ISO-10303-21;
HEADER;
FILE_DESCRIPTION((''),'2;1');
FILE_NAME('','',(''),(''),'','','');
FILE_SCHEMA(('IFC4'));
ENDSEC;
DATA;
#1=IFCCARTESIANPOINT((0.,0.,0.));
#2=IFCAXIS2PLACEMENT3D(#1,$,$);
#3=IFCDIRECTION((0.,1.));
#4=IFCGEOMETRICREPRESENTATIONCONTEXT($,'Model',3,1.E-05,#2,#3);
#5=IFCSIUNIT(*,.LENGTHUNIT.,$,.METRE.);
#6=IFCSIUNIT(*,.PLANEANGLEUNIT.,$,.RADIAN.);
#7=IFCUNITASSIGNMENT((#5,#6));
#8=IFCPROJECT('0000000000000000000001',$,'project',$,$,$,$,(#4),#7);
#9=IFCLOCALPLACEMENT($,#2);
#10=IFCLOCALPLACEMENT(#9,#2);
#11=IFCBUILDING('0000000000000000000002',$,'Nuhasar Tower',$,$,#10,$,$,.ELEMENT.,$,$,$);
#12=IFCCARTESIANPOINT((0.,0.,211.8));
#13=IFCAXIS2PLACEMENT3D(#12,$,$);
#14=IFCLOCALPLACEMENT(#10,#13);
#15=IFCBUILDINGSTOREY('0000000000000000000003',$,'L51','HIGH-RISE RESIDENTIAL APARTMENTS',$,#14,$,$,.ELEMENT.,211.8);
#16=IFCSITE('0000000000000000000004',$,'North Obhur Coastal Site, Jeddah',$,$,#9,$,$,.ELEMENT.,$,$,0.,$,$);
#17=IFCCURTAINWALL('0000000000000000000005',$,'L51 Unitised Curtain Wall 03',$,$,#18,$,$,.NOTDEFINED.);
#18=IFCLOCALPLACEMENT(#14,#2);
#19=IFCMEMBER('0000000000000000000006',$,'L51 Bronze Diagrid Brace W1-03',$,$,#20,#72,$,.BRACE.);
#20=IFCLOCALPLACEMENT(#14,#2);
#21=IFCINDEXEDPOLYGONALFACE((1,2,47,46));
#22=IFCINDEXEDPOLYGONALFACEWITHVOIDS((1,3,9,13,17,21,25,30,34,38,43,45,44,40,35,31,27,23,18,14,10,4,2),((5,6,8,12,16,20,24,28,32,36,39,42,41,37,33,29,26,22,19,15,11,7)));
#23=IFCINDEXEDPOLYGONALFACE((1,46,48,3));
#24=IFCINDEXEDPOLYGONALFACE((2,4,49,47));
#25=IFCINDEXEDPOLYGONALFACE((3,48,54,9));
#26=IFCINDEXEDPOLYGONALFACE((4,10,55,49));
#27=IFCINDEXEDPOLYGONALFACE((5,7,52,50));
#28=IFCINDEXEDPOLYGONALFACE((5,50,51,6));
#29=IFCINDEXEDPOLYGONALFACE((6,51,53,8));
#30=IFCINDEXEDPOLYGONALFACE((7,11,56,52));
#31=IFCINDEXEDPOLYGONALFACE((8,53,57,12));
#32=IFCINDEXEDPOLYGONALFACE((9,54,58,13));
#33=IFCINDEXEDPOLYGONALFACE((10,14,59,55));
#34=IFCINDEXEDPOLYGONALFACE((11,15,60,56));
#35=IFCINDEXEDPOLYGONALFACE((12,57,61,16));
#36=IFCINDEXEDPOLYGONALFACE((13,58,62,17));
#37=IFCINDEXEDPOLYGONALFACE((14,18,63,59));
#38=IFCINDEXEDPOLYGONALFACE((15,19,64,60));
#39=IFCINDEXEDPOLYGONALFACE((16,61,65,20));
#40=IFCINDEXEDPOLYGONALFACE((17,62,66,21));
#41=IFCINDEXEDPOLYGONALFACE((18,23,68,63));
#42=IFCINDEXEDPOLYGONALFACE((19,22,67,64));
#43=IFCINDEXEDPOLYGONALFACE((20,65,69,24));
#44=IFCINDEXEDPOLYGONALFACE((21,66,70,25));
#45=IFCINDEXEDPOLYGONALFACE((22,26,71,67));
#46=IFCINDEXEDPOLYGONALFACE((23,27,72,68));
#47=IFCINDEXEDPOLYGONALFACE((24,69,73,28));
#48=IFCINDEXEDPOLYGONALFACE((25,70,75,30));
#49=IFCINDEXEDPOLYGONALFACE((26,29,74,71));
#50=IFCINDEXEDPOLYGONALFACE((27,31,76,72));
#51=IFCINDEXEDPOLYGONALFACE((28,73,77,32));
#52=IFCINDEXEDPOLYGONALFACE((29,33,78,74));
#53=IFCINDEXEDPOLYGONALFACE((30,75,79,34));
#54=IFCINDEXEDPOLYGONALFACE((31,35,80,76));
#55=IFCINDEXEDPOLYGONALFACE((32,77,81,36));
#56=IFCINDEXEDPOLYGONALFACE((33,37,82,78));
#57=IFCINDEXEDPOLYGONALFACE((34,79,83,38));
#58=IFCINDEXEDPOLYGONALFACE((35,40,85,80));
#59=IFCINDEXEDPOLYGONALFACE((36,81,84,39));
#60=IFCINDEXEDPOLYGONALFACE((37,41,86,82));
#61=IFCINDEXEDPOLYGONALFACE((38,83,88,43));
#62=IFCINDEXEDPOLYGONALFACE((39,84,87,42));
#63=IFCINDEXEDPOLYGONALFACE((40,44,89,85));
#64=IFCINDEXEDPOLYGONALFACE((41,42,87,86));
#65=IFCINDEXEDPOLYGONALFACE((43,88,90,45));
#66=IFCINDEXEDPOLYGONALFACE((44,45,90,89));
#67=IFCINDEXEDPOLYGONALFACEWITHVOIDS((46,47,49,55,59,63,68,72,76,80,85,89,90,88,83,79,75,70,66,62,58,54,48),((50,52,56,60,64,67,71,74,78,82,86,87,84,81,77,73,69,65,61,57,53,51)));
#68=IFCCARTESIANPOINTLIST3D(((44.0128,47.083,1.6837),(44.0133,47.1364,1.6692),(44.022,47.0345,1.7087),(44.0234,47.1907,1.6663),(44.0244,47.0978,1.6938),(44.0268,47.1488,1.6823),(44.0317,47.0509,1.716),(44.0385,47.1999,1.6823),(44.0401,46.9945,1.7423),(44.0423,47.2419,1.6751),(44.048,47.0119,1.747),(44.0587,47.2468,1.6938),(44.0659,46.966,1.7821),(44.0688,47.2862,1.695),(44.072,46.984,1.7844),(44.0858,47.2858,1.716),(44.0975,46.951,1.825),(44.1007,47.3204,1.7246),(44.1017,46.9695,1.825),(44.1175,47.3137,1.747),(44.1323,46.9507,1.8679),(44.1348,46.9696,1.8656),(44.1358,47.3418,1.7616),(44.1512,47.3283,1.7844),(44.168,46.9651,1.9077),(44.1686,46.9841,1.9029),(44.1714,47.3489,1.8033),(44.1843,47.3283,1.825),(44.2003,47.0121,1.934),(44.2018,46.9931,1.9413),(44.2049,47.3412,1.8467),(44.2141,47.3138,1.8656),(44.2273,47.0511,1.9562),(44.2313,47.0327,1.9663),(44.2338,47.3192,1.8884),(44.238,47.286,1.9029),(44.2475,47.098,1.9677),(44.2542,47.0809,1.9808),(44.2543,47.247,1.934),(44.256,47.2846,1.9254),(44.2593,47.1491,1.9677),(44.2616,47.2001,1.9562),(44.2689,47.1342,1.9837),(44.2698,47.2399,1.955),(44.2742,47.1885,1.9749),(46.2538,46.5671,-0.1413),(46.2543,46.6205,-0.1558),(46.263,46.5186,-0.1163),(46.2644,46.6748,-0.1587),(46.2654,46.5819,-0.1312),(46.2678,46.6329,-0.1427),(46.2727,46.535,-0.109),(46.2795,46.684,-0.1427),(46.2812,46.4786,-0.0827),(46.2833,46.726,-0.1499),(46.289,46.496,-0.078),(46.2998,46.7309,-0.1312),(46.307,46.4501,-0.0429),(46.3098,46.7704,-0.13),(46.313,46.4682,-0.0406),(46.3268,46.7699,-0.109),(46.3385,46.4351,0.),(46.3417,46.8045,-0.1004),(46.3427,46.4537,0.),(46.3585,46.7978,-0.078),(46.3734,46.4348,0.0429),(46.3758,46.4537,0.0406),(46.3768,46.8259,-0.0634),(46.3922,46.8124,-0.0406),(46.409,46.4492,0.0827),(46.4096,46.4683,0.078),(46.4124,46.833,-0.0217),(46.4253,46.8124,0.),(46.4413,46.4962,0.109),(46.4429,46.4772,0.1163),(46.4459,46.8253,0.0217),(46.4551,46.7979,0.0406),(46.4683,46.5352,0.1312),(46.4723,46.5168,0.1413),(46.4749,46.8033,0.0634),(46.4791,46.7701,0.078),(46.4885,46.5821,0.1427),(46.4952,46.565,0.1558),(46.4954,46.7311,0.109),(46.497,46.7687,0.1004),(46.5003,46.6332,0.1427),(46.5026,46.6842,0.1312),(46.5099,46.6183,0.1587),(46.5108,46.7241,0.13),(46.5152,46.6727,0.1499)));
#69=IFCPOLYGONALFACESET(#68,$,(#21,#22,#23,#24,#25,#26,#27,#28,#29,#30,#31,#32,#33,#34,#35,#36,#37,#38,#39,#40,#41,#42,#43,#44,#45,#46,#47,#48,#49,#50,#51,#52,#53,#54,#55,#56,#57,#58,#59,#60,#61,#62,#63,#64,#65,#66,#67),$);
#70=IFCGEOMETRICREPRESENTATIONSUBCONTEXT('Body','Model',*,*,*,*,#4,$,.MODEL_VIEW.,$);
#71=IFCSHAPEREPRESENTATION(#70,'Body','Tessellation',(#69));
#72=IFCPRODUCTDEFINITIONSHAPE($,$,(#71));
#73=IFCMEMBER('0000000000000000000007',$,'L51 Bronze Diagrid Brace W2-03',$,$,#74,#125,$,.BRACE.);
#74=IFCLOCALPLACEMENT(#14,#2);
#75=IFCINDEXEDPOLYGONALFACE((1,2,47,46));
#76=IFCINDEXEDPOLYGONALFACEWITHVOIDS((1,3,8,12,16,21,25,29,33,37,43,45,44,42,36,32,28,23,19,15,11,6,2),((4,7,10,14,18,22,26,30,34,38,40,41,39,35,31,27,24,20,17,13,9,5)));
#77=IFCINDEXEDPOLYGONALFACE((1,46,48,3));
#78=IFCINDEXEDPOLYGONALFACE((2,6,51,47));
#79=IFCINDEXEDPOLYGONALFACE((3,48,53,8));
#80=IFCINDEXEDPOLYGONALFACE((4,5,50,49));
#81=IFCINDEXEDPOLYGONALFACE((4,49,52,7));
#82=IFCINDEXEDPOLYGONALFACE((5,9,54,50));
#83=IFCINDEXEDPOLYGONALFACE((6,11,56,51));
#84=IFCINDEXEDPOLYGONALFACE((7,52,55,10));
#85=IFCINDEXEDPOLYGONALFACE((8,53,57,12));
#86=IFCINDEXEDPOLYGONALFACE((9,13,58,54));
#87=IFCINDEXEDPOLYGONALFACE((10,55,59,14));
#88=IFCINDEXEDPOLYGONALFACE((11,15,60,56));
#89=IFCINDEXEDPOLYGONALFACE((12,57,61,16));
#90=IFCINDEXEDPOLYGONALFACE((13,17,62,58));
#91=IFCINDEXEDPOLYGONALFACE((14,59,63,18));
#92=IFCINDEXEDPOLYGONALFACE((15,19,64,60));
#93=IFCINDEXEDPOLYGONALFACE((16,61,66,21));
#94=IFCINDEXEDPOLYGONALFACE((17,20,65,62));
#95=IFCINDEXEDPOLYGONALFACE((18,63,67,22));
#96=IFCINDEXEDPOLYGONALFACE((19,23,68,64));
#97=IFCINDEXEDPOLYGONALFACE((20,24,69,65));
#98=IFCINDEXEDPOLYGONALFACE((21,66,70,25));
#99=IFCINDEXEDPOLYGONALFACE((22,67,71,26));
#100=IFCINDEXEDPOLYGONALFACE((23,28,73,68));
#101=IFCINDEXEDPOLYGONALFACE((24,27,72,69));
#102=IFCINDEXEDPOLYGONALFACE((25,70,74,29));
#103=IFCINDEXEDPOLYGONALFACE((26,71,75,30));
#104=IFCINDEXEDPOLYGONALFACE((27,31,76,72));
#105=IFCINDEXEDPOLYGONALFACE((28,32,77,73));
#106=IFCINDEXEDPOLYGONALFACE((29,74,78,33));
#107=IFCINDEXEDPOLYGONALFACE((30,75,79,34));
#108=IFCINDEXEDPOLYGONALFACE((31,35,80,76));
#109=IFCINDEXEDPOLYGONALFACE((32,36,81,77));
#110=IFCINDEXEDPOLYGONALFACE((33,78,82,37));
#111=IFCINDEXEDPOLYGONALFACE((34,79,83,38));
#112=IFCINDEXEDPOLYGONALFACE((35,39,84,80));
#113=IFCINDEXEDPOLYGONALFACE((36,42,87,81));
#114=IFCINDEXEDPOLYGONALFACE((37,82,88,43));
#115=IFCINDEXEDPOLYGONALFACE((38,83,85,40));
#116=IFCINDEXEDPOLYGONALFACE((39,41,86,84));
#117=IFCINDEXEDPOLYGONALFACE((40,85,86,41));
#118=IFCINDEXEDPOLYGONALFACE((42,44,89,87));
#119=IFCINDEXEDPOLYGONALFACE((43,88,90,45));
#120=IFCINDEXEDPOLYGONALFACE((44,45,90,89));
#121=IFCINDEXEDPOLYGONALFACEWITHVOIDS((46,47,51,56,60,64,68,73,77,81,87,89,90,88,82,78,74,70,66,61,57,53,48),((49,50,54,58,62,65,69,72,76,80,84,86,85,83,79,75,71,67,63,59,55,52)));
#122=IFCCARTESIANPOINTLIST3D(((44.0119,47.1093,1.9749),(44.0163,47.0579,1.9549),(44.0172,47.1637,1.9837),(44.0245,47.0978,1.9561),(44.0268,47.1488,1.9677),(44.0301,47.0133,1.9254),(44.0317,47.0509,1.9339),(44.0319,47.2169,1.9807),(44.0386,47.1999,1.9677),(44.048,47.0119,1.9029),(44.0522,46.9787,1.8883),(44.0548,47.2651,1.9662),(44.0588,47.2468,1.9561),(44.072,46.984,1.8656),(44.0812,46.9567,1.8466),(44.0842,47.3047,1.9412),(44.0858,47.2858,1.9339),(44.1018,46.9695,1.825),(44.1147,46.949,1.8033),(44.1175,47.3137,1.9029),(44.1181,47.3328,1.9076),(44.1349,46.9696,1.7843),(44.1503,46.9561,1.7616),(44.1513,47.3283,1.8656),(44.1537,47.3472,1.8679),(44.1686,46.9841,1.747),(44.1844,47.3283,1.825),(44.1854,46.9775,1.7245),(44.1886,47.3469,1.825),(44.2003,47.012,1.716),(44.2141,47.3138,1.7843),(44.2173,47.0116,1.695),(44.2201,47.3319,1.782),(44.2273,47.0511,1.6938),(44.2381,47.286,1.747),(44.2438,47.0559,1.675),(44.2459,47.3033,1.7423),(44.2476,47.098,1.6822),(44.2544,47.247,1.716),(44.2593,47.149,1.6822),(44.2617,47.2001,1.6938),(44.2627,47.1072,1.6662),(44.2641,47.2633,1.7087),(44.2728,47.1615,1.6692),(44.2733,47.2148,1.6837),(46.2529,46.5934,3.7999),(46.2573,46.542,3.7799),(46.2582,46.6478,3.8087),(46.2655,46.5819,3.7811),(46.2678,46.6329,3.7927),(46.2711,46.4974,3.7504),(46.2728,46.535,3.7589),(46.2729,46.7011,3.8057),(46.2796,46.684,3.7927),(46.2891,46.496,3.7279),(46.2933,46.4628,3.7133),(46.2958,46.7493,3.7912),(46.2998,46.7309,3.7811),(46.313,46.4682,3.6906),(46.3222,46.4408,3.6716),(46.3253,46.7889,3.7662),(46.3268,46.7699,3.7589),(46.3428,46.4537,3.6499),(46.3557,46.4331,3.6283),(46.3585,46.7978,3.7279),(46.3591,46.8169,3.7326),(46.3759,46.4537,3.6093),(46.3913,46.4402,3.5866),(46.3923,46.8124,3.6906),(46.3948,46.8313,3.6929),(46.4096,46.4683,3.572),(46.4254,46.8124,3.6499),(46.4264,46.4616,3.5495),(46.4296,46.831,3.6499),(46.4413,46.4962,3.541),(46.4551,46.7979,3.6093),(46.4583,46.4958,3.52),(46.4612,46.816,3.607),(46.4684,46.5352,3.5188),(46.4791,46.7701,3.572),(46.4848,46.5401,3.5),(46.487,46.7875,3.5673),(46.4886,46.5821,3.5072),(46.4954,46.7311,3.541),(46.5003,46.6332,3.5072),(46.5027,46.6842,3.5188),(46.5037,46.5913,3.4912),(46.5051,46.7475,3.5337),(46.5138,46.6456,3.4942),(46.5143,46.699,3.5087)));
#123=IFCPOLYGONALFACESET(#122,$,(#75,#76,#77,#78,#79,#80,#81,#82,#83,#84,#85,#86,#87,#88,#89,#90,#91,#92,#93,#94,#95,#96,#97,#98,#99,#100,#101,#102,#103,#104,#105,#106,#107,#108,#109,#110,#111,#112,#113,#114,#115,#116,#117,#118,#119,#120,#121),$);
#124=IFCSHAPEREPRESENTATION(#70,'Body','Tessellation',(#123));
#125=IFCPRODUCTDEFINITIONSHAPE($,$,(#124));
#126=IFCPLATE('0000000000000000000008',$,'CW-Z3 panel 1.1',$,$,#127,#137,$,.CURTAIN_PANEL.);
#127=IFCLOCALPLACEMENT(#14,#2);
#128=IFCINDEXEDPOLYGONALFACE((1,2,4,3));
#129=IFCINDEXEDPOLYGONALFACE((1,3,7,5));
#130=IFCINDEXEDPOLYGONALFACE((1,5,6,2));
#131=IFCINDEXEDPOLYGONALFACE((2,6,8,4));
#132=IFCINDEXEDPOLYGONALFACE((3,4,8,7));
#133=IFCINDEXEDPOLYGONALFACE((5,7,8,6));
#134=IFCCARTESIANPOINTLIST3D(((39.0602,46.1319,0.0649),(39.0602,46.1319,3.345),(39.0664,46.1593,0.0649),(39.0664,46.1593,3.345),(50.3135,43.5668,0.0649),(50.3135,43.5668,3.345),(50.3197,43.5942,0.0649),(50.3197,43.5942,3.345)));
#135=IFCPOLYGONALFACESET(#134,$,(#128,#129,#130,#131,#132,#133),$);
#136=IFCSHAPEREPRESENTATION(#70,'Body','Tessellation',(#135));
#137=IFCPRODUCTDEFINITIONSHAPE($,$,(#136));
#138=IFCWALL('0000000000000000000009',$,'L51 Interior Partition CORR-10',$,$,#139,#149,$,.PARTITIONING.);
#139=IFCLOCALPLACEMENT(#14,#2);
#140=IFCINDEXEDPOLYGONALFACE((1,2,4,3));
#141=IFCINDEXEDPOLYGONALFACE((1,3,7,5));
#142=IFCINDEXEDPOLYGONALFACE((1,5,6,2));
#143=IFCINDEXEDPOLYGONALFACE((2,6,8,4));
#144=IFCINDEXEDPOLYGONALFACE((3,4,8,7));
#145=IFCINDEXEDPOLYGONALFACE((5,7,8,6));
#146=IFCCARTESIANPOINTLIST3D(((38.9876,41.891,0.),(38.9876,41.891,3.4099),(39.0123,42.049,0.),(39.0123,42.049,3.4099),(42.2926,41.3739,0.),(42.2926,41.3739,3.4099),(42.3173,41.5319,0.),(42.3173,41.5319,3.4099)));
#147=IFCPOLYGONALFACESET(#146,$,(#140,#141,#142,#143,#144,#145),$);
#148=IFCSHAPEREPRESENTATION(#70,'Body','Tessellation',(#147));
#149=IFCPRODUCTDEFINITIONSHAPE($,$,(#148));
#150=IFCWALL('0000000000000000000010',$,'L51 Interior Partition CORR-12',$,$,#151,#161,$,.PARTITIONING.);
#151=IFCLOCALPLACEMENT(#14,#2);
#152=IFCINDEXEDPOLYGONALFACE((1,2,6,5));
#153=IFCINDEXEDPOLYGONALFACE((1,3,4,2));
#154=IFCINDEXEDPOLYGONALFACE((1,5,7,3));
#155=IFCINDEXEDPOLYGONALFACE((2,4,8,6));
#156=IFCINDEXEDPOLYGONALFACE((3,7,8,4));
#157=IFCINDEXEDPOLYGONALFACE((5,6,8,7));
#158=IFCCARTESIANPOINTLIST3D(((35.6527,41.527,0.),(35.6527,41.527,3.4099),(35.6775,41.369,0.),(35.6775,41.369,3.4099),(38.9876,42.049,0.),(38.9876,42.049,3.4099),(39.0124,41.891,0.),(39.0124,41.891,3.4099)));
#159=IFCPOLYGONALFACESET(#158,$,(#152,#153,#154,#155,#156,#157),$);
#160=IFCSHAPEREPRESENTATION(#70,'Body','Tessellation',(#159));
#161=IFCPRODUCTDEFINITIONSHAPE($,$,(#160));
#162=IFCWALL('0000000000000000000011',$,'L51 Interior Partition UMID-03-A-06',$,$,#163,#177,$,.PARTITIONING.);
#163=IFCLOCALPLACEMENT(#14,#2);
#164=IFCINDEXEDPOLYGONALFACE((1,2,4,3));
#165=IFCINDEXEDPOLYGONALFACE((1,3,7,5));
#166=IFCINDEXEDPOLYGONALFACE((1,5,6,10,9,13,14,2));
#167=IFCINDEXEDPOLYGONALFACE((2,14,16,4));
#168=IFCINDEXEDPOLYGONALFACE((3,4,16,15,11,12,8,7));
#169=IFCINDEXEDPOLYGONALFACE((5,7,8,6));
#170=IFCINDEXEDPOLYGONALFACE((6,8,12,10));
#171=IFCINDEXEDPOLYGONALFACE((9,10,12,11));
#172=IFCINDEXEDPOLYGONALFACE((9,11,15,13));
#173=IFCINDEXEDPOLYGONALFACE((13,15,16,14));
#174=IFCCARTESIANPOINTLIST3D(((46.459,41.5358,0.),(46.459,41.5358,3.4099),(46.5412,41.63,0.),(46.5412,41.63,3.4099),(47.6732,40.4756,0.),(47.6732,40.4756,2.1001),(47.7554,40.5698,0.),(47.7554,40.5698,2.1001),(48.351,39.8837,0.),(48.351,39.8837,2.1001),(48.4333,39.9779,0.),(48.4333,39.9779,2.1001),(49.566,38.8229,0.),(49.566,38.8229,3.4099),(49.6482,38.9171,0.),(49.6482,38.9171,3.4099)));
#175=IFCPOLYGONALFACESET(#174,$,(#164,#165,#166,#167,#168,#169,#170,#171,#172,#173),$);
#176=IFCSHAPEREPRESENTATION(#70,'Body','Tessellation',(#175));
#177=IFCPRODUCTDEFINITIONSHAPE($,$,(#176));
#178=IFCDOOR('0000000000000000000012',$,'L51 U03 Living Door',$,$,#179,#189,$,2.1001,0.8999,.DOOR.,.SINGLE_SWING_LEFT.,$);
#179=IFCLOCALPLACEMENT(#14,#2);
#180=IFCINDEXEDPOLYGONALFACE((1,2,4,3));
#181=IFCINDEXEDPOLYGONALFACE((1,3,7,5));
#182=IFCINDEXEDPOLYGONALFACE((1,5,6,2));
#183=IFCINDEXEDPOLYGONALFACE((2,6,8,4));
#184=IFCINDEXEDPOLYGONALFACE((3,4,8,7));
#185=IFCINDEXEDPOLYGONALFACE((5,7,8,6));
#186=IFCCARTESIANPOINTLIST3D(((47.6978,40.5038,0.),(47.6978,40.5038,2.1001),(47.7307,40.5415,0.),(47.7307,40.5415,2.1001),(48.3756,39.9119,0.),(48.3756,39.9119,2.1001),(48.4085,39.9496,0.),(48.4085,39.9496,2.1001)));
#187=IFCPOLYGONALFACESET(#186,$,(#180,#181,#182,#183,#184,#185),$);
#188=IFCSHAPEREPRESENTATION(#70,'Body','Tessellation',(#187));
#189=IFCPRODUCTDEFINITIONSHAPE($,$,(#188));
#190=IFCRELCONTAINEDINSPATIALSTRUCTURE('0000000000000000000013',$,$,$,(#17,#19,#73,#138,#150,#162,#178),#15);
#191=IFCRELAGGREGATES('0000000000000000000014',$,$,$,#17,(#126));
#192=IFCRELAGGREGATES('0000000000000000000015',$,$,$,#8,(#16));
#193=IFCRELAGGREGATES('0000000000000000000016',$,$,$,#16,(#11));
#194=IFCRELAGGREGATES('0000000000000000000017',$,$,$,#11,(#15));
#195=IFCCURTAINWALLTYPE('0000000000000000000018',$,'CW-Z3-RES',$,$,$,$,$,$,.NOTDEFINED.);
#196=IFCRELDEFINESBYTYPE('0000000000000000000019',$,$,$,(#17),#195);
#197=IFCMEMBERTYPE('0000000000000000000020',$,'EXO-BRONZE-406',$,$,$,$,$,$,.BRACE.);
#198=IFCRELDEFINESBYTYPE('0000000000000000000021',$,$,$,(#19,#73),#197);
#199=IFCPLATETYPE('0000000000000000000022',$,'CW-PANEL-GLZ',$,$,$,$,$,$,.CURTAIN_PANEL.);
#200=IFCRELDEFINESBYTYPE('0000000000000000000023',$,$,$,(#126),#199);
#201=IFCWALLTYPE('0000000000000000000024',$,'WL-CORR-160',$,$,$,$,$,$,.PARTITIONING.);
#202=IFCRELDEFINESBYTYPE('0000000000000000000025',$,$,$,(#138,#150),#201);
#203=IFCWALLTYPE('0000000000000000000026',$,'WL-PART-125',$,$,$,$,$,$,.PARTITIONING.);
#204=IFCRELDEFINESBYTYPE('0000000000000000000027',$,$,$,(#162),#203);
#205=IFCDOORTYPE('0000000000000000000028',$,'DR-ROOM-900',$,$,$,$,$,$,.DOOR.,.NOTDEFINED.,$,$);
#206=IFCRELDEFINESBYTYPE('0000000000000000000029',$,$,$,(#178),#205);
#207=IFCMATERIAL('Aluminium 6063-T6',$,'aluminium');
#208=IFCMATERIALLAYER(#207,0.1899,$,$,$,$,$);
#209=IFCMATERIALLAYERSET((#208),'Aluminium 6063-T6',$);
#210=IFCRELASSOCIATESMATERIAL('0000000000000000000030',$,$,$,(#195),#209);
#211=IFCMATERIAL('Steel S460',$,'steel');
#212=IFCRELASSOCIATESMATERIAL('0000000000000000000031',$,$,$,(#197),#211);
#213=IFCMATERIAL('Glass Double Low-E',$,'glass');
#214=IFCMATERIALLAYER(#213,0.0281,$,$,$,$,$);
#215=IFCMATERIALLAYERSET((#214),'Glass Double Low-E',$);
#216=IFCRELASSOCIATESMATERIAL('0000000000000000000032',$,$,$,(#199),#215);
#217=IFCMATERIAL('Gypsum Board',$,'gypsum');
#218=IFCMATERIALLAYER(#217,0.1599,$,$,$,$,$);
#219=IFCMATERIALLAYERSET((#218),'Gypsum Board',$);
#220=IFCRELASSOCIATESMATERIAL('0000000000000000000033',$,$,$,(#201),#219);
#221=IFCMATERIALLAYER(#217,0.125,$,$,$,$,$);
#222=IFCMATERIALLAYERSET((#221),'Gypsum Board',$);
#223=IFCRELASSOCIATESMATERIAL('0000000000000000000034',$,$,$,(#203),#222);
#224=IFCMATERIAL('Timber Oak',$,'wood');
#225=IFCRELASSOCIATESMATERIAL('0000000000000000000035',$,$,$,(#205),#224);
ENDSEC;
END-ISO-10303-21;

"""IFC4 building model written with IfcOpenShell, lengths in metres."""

from ifc_helpers import new_model, si_unit, direction, frame, frame_2d, origin, origin_2d, place, context, subcontext, project, spatial, rectangle, hollow_circle, extrude, material, layer, layer_set, material_profile, profile_set, type_object, element, fill, aggregate, save


model = new_model("IFC4")

# Units and contexts
model_context = context("Model", 3, precision=1e-05, world=origin(), true_north=direction((0.0, 1.0)))
body_context = subcontext(model_context, "Body", "Model", "MODEL_VIEW")
ifc_project = project(units=[si_unit("LENGTHUNIT", "METRE"), si_unit("PLANEANGLEUNIT", "RADIAN")], contexts=[model_context])

# Site, building, storey
site_placement = place(None, origin())
site = spatial("IfcSite", under=ifc_project, at=site_placement, Name="North Obhur Coastal Site, Jeddah", CompositionType="ELEMENT", RefElevation=0.0)
building_placement = place(site_placement, origin())
building = spatial("IfcBuilding", under=site, at=building_placement, Name="Nuhasar Tower", CompositionType="ELEMENT")
storey_placement = place(building_placement, frame((0.0, 0.0, 211.8)))
storey = spatial("IfcBuildingStorey", under=building, at=storey_placement, Name="L51", Description="HIGH-RISE RESIDENTIAL APARTMENTS", CompositionType="ELEMENT", Elevation=211.8)

# Curtain wall
ifc_material_1 = material(Name="Aluminium 6063-T6", Category="aluminium")
ifc_layer_1 = layer(ifc_material_1, 0.1899)
ifc_layer_set_1 = layer_set([ifc_layer_1], Name="Aluminium 6063-T6")
curtain_wall_type = type_object("IfcCurtainWallType", Name="CW-Z3-RES", PredefinedType="NOTDEFINED", material=ifc_layer_set_1)
curtain_wall_1_placement = place(storey_placement, origin())
curtain_wall_1 = element("IfcCurtainWall", 1, at=curtain_wall_1_placement, inside=storey, type_object=curtain_wall_type, Name="L51 Unitised Curtain Wall 03", PredefinedType="NOTDEFINED")

# Members
ifc_material_2 = material(Name="Steel S460", Category="steel")
ifc_material_profile_1 = material_profile(ifc_material_2, hollow_circle(Radius=0.2031, WallThickness=0.019, at=origin_2d()), Name="HSS406.4X19.1")
ifc_profile_set_1 = profile_set([ifc_material_profile_1], Name="Steel S460")
member_type_1 = type_object("IfcMemberType", Name="EXO-BRONZE-406", PredefinedType="BRACE", material=ifc_profile_set_1)
for number, where, z_axis, x_axis, name in (
    (2, (46.384, 46.6331, 0.0), (-0.763343, 0.175721, 0.621635), (-0.224332, -0.974513, 0.0), "L51 Bronze Diagrid Brace W1-03"),
    (3, (44.1431, 47.1489, 1.825), (0.763343, -0.175721, 0.621635), (0.224332, 0.974513, 0.0), "L51 Bronze Diagrid Brace W2-03"),
):
    element("IfcMember", number, at=place(storey_placement, frame(where, z_axis=z_axis, x_axis=x_axis)), inside=storey, type_object=member_type_1, Name=name, PredefinedType="BRACE", context=body_context, shape_type="SweptSolid", body=[
        extrude(hollow_circle(Radius=0.2031, WallThickness=0.019, at=origin_2d()), origin(), (0.0, 0.0, 1.0), 2.9358),
    ])

# Plate
ifc_material_3 = material(Name="Glass Double Low-E", Category="glass")
ifc_layer_2 = layer(ifc_material_3, 0.0281)
ifc_layer_set_2 = layer_set([ifc_layer_2], Name="Glass Double Low-E")
plate_type = type_object("IfcPlateType", Name="CW-PANEL-GLZ", PredefinedType="CURTAIN_PANEL", material=ifc_layer_set_2)
plate_placement = place(storey_placement, frame((44.6899, 44.863, 0.0649), z_axis=(0.0, 0.0, 1.0), x_axis=(-0.974991, 0.222243, 0.0)))
plate = element("IfcPlate", 4, at=plate_placement, type_object=plate_type, Name="CW-Z3 panel 1.1", PredefinedType="CURTAIN_PANEL", context=body_context, shape_type="SweptSolid", body=[
    extrude(rectangle(XDim=11.542, YDim=0.0281, at=origin_2d()), origin(), (0.0, 0.0, 1.0), 3.28),
])
aggregate(curtain_wall_1, [plate])

# Walls
ifc_material_4 = material(Name="Gypsum Board", Category="gypsum")
ifc_layer_3 = layer(ifc_material_4, 0.1599)
ifc_layer_set_3 = layer_set([ifc_layer_3], Name="Gypsum Board")
wall_type_1 = type_object("IfcWallType", Name="WL-CORR-160", PredefinedType="PARTITIONING", material=ifc_layer_set_3)
wall_1_placement = place(storey_placement, frame((42.3049, 41.4529, 0.0), z_axis=(0.0, 0.0, 1.0), x_axis=(-0.98798, 0.154579, 0.0)))
element("IfcWall", 5, at=wall_1_placement, inside=storey, type_object=wall_type_1, Name="L51 Interior Partition CORR-10", PredefinedType="PARTITIONING", context=body_context, shape_type="SweptSolid", body=[
    extrude(rectangle(XDim=3.3452, YDim=0.1599, at=frame_2d((1.6726, 0.0))), origin(), (0.0, 0.0, 1.0), 3.4099),
])
wall_2_placement = place(storey_placement, frame((39.0, 41.97, 0.0), z_axis=(0.0, 0.0, 1.0), x_axis=(-0.987972, -0.154633, 0.0)))
element("IfcWall", 6, at=wall_2_placement, inside=storey, type_object=wall_type_1, Name="L51 Interior Partition CORR-12", PredefinedType="PARTITIONING", context=body_context, shape_type="SweptSolid", body=[
    extrude(rectangle(XDim=3.3755, YDim=0.1599, at=frame_2d((1.6877, 0.0))), origin(), (0.0, 0.0, 1.0), 3.4099),
])

# Wall, opening, door
ifc_layer_4 = layer(ifc_material_4, 0.125)
ifc_layer_set_4 = layer_set([ifc_layer_4], Name="Gypsum Board")
wall_type_2 = type_object("IfcWallType", Name="WL-PART-125", PredefinedType="PARTITIONING", material=ifc_layer_set_4)
wall_3_placement = place(storey_placement, frame((46.5, 41.583, 0.0), z_axis=(0.0, 0.0, 1.0), x_axis=(0.753258, -0.657725, 0.0)))
wall_3 = element("IfcWall", 7, at=wall_3_placement, inside=storey, type_object=wall_type_2, Name="L51 Interior Partition UMID-03-A-06", PredefinedType="PARTITIONING", context=body_context, shape_type="SweptSolid", body=[
    extrude(rectangle(XDim=4.1248, YDim=0.125, at=frame_2d((2.0625, 0.0))), origin(), (0.0, 0.0, 1.0), 3.4099),
])
opening_1_placement = place(wall_3_placement, frame((1.6121, 0.0, 0.0)))
opening_1 = element("IfcOpeningElement", 8, at=opening_1_placement, cuts=wall_3, PredefinedType="OPENING", context=body_context, shape_type="SweptSolid", body=[
    extrude(rectangle(XDim=0.8999, YDim=2.1001, at=frame_2d((0.45, 1.05))), frame((0.0, 0.0725, 0.0), z_axis=(0.0, -1.0, 0.0), x_axis=(1.0, 0.0, 0.0)), (0.0, 0.0, 1.0), 0.145),
])
ifc_material_5 = material(Name="Timber Oak", Category="wood")
door_type = type_object("IfcDoorType", Name="DR-ROOM-900", OperationType="NOTDEFINED", PredefinedType="DOOR", material=ifc_material_5)
door_1_placement = place(opening_1_placement, origin())
door_1 = element("IfcDoor", 9, at=door_1_placement, inside=storey, type_object=door_type, Name="L51 U03 Living Door", OperationType="SINGLE_SWING_LEFT", OverallHeight=2.1001, OverallWidth=0.8999, PredefinedType="DOOR", context=body_context, shape_type="SweptSolid", body=[
    extrude(rectangle(XDim=0.8999, YDim=2.1001, at=frame_2d((0.45, 1.05))), frame((0.0, 0.0249, 0.0), z_axis=(0.0, -1.0, 0.0), x_axis=(1.0, 0.0, 0.0)), (0.0, 0.0, 1.0), 0.05),
])
fill(opening_1, door_1)

save(model, "model.ifc")
